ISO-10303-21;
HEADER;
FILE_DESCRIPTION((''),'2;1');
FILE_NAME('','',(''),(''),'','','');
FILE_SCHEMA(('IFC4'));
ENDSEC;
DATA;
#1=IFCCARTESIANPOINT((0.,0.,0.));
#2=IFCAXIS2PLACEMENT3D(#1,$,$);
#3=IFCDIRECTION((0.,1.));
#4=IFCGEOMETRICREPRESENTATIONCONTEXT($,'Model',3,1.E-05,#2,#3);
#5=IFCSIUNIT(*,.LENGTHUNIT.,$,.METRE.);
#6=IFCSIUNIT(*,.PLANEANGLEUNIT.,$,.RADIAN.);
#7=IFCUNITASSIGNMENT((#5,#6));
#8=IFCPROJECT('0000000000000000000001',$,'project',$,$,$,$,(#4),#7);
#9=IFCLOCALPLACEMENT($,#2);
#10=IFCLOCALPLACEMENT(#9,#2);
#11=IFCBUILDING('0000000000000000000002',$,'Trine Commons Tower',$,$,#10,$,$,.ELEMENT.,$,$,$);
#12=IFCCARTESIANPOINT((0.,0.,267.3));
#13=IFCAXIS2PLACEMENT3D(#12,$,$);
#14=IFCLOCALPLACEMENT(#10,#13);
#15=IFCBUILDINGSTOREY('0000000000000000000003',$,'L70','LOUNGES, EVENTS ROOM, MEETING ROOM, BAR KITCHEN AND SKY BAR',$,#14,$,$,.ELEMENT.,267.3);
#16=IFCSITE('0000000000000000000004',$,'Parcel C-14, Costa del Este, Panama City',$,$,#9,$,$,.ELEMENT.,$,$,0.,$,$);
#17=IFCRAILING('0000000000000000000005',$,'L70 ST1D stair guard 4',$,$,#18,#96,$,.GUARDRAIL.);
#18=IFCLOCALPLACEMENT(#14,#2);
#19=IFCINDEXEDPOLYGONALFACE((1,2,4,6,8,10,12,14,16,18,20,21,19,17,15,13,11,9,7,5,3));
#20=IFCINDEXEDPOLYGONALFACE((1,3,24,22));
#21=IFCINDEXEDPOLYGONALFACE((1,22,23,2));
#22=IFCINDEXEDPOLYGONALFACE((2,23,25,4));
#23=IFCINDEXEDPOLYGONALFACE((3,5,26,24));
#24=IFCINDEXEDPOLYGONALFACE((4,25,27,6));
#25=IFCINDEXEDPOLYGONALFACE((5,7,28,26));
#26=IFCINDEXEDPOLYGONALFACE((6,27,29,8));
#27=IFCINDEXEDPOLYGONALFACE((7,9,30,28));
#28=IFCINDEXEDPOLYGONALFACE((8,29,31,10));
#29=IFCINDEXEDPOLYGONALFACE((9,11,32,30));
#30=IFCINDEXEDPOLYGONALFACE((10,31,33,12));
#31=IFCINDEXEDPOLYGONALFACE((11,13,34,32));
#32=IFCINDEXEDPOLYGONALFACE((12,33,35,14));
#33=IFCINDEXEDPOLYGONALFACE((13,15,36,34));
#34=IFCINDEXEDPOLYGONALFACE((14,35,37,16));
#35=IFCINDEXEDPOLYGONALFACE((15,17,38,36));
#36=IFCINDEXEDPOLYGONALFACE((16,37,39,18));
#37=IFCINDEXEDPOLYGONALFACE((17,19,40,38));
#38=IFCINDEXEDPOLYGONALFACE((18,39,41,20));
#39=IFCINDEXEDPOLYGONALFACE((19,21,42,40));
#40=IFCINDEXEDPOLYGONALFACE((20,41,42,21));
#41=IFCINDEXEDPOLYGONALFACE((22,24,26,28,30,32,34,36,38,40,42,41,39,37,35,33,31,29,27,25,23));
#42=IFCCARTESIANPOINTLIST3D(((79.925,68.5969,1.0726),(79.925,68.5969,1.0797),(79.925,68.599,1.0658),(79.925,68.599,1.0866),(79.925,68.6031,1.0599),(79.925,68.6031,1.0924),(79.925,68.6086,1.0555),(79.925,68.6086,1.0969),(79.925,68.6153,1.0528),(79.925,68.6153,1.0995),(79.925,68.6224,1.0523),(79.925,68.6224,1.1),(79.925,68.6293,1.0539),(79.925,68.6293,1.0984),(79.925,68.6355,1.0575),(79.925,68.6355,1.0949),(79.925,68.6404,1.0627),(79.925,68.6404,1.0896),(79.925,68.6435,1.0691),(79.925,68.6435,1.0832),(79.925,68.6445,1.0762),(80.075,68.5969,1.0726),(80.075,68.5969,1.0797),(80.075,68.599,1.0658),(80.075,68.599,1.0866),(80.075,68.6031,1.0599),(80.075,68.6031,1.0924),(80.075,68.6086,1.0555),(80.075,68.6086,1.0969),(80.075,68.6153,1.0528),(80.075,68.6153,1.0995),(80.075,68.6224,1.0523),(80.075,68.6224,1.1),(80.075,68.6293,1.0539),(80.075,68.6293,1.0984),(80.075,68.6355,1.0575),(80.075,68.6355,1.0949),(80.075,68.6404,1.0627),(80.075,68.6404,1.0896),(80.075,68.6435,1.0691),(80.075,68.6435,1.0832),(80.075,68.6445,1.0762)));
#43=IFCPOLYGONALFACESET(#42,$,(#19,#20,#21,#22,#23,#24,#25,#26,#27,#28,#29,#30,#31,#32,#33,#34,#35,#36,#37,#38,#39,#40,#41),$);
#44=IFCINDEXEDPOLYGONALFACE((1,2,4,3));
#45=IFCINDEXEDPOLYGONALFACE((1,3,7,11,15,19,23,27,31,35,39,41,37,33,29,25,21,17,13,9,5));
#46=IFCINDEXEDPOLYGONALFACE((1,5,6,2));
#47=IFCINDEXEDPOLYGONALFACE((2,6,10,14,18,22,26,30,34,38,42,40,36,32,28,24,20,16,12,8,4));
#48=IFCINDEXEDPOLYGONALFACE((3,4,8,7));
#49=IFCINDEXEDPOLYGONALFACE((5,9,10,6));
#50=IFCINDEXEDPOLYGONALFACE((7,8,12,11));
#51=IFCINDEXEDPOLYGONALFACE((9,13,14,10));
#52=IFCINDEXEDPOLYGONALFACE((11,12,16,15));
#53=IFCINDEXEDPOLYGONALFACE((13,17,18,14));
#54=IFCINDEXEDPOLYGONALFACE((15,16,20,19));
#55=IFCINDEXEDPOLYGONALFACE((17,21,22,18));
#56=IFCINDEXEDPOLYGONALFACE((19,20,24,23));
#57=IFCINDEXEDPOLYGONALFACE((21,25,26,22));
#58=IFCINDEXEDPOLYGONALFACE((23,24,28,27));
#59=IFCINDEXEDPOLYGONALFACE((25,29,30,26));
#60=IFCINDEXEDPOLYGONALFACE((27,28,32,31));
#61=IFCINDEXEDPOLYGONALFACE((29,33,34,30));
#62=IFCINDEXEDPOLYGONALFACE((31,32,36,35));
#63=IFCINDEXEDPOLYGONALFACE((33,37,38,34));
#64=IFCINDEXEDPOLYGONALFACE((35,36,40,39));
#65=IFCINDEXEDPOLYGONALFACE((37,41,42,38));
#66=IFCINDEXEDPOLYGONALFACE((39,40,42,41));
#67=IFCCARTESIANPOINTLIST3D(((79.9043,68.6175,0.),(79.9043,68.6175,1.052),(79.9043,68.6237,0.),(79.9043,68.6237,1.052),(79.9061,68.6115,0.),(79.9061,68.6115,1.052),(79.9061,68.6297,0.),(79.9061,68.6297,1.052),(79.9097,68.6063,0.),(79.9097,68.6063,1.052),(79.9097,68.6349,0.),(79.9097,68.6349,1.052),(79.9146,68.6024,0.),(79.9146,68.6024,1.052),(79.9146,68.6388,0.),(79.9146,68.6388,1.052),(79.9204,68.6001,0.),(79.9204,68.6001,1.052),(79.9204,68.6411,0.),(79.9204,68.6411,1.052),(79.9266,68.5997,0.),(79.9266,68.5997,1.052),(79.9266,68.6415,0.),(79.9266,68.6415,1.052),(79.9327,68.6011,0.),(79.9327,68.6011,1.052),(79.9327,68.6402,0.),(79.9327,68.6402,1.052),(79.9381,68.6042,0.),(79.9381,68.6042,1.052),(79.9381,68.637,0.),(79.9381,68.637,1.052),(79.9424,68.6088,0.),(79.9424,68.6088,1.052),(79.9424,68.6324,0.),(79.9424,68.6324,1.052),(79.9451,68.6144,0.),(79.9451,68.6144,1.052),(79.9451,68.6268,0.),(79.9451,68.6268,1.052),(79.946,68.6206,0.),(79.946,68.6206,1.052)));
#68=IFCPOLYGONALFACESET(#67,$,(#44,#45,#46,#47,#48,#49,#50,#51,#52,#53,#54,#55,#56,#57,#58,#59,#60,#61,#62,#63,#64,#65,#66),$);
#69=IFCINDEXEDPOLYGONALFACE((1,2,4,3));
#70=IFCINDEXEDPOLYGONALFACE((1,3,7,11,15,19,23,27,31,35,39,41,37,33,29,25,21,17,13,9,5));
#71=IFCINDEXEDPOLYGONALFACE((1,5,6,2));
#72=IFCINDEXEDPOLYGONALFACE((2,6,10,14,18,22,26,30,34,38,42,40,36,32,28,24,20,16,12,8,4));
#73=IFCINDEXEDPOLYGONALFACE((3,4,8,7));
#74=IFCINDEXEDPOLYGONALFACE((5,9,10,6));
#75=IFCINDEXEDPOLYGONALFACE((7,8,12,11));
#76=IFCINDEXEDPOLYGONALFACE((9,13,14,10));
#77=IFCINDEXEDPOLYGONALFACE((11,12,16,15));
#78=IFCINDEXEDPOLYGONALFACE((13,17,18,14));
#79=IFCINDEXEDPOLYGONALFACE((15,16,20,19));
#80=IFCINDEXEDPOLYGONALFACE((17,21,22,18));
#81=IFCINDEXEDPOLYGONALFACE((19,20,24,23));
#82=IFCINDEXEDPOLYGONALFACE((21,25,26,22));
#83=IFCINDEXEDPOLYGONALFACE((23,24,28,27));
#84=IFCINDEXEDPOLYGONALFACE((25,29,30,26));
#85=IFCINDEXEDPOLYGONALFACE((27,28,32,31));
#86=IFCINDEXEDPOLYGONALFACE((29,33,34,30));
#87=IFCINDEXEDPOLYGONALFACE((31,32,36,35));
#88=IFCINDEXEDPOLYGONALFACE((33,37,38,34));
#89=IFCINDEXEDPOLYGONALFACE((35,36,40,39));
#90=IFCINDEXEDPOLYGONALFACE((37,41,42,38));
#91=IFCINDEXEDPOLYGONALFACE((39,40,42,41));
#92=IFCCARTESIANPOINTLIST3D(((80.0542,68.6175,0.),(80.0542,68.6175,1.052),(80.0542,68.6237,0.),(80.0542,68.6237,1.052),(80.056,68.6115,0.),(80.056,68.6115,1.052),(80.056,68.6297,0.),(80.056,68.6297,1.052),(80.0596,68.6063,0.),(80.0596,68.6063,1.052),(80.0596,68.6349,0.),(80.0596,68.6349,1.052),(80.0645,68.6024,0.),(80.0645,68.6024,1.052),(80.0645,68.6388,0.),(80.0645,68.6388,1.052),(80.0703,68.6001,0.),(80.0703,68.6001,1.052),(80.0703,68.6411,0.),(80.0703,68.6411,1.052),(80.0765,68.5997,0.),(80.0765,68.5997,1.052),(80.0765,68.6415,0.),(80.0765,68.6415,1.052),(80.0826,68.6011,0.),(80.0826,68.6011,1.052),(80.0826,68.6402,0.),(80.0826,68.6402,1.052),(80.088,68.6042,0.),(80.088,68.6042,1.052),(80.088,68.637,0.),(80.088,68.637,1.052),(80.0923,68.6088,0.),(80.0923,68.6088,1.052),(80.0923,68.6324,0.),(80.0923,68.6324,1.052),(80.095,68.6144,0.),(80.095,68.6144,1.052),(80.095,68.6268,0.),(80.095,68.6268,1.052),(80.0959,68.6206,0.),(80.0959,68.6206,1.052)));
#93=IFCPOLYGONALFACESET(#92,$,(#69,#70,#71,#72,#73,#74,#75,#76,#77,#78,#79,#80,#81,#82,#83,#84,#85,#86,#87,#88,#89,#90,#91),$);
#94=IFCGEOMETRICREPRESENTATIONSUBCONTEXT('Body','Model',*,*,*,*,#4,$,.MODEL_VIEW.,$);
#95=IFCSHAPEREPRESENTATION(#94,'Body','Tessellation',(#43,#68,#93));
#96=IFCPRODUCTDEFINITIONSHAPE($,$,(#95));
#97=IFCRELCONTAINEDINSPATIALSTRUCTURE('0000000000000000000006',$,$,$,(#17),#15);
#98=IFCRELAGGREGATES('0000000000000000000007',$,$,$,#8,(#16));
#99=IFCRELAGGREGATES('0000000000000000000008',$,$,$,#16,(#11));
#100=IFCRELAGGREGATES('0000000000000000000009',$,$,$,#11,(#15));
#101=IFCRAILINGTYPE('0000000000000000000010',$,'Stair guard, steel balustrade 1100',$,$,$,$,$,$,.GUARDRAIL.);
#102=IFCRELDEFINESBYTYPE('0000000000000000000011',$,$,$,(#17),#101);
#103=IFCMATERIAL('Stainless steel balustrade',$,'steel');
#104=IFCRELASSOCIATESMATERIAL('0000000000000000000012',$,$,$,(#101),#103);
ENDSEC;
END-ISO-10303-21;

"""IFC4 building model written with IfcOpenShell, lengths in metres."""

from ifc_helpers import new_model, si_unit, direction, frame, origin, origin_2d, place, context, subcontext, project, spatial, circle, extrude, material, type_object, element, save


model = new_model("IFC4")

# Units and contexts
model_context = context("Model", 3, precision=1e-05, world=origin(), true_north=direction((0.0, 1.0)))
body_context = subcontext(model_context, "Body", "Model", "MODEL_VIEW")
ifc_project = project(units=[si_unit("LENGTHUNIT", "METRE"), si_unit("PLANEANGLEUNIT", "RADIAN")], contexts=[model_context])

# Site, building, storey
site_placement = place(None, origin())
site = spatial("IfcSite", under=ifc_project, at=site_placement, Name="Parcel C-14, Costa del Este, Panama City", CompositionType="ELEMENT", RefElevation=0.0)
building_placement = place(site_placement, origin())
building = spatial("IfcBuilding", under=site, at=building_placement, Name="Trine Commons Tower", CompositionType="ELEMENT")
storey_placement = place(building_placement, frame((0.0, 0.0, 267.3)))
storey = spatial("IfcBuildingStorey", under=building, at=storey_placement, Name="L70", Description="LOUNGES, EVENTS ROOM, MEETING ROOM, BAR KITCHEN AND SKY BAR", CompositionType="ELEMENT", Elevation=267.3)

# Railing
ifc_material_1 = material(Name="Stainless steel balustrade", Category="steel")
railing_type_1 = type_object("IfcRailingType", Name="Stair guard, steel balustrade 1100", PredefinedType="GUARDRAIL", material=ifc_material_1)
railing_1_placement = place(storey_placement, frame((79.925, 68.6206, 0.0)))
element("IfcRailing", 1, at=railing_1_placement, inside=storey, type_object=railing_type_1, Name="L70 ST1D stair guard 4", PredefinedType="GUARDRAIL", context=body_context, shape_type="SweptSolid", body=[
    extrude(circle(Radius=0.0239, at=origin_2d()), frame((0.0, 0.0, 1.0762), z_axis=(1.0, 0.0, 0.0), x_axis=(0.0, 1.0, 0.0)), (0.0, 0.0, 1.0), 0.1499),
    extrude(circle(Radius=0.021, at=origin_2d()), origin(), (0.0, 0.0, 1.0), 1.052),
    extrude(circle(Radius=0.021, at=origin_2d()), frame((0.1499, 0.0, 0.0)), (0.0, 0.0, 1.0), 1.052),
])

save(model, "model.ifc")
